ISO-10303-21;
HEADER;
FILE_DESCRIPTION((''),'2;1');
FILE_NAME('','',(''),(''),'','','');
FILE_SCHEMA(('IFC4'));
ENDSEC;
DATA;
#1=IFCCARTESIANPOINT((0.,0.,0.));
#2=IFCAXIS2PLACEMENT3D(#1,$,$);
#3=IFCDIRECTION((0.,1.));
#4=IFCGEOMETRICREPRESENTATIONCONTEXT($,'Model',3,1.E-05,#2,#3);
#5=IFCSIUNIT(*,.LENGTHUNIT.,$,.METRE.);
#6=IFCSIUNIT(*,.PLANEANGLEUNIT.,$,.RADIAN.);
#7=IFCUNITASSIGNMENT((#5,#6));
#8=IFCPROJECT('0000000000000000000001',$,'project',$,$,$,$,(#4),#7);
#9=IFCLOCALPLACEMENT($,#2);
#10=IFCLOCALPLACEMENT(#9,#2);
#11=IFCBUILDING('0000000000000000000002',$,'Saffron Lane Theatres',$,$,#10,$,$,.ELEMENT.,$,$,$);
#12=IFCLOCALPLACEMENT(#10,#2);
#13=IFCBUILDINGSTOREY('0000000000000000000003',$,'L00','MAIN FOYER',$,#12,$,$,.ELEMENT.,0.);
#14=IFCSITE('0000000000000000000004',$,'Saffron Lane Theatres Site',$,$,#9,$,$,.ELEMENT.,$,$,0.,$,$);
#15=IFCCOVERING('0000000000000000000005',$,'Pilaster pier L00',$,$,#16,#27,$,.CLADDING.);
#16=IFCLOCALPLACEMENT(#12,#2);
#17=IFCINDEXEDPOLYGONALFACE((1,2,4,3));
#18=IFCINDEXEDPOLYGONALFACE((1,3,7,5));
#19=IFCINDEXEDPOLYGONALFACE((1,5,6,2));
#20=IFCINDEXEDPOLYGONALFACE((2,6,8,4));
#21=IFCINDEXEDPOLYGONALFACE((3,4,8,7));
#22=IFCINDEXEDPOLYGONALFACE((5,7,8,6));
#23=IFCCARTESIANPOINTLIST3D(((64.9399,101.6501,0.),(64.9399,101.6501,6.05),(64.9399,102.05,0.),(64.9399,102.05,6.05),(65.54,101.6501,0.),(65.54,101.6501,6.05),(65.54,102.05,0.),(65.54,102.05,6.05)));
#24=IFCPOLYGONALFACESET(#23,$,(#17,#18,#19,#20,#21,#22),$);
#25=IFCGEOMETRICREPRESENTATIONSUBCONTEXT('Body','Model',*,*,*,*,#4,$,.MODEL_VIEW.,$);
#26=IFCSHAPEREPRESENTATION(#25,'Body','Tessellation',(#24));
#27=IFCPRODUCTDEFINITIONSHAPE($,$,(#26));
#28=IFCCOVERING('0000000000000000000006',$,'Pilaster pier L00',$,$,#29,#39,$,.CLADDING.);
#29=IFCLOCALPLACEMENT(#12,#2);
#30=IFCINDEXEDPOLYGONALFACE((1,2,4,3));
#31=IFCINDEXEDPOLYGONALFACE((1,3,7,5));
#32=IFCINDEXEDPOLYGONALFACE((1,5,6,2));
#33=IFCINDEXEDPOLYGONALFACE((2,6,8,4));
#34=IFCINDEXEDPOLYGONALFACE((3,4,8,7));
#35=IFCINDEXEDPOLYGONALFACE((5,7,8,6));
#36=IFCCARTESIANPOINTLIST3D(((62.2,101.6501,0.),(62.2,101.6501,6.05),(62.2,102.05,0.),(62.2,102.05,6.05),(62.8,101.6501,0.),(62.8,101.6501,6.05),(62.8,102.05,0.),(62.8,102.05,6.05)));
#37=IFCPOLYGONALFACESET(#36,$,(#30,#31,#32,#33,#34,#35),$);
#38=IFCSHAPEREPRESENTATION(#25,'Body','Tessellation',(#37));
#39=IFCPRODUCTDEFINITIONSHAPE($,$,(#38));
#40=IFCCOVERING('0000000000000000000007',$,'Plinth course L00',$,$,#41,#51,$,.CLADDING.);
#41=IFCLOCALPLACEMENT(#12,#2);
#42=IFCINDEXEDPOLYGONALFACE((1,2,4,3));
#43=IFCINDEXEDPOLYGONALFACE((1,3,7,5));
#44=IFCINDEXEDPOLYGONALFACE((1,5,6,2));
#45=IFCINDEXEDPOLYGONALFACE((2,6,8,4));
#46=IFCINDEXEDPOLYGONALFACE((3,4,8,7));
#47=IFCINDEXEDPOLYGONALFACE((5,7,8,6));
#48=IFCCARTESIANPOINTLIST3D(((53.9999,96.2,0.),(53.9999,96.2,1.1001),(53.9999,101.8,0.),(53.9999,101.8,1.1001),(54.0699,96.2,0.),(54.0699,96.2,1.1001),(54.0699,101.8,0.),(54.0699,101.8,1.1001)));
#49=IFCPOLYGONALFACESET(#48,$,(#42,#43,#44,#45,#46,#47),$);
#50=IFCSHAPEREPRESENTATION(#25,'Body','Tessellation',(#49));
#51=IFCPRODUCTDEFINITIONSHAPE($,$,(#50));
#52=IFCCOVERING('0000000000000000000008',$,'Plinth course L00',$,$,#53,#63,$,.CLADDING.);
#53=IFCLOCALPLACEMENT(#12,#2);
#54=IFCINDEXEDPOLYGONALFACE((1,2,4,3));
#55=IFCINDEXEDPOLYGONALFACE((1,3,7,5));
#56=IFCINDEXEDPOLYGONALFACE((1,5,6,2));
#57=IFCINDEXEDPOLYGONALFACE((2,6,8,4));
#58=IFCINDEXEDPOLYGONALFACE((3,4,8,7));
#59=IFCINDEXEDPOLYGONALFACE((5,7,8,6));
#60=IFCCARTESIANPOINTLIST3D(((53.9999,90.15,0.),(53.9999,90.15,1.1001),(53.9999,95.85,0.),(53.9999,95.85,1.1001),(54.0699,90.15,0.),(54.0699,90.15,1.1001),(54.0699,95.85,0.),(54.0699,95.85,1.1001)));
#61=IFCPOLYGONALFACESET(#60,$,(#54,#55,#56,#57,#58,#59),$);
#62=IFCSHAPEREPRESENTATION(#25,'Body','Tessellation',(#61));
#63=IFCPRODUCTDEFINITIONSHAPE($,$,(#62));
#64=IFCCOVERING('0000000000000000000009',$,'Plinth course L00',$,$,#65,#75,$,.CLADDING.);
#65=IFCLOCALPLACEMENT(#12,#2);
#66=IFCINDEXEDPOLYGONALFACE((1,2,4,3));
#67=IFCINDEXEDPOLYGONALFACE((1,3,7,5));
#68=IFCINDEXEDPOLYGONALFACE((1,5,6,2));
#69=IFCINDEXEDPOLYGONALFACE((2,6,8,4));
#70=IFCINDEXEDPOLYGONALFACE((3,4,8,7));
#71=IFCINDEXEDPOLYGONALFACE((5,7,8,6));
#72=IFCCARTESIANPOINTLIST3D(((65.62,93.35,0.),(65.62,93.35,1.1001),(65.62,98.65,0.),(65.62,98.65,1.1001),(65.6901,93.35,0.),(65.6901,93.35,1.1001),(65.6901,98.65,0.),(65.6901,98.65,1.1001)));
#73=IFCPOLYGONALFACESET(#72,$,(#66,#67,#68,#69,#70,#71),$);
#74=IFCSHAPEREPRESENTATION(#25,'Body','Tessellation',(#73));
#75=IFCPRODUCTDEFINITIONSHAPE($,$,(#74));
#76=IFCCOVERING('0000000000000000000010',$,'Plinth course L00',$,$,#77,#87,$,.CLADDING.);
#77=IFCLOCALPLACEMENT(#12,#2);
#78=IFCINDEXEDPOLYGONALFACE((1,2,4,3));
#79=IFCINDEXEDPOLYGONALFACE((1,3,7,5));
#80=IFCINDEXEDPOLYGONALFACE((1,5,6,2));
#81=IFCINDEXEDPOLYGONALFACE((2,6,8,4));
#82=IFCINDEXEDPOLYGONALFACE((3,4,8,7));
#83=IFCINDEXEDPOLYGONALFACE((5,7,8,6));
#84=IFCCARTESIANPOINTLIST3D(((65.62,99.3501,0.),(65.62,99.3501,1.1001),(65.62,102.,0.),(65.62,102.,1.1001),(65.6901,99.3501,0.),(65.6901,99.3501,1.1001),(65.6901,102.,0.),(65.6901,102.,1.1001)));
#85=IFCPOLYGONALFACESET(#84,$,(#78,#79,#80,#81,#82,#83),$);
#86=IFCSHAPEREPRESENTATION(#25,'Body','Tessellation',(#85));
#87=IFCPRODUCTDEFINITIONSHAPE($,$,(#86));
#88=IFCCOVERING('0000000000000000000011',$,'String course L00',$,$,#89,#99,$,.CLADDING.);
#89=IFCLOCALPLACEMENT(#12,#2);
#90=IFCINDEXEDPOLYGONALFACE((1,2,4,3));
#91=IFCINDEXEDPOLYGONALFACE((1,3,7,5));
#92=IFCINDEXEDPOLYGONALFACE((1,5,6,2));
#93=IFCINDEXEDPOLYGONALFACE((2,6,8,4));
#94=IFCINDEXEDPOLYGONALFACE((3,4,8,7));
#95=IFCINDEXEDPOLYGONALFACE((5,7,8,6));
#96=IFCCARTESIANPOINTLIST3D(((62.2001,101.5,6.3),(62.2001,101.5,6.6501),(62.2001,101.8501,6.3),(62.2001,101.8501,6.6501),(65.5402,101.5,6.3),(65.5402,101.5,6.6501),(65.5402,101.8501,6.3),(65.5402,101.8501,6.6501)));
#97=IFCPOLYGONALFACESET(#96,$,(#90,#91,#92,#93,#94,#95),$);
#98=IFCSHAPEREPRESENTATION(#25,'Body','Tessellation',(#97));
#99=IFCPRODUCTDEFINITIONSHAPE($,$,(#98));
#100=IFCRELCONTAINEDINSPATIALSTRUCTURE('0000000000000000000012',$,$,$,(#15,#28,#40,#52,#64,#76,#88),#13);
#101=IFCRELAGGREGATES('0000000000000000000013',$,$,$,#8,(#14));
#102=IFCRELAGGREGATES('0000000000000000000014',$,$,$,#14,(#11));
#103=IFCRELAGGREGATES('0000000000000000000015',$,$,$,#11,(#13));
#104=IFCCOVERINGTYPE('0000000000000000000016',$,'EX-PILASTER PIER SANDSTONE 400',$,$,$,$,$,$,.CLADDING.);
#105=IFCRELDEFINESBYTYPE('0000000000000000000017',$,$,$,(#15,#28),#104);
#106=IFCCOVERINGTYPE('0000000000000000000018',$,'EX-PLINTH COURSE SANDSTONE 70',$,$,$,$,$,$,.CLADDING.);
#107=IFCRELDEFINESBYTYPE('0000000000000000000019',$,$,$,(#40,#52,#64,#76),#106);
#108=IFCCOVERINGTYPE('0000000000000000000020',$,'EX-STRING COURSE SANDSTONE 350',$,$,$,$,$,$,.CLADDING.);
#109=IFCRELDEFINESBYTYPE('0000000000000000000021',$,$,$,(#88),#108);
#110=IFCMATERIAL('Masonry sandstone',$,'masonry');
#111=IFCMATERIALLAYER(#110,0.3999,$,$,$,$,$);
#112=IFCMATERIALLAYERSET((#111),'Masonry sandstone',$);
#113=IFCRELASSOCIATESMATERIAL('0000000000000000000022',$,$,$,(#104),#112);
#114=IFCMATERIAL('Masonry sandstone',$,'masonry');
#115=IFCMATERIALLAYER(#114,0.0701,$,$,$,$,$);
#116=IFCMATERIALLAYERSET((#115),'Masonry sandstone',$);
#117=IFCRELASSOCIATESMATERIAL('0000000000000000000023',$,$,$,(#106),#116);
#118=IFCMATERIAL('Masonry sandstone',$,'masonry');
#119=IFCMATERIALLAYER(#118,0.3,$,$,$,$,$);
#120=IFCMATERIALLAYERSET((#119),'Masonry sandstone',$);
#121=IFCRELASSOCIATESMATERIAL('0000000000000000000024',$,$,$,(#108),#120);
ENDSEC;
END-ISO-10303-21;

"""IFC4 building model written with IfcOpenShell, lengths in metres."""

from ifc_helpers import new_model, si_unit, direction, frame, origin, origin_2d, place, context, subcontext, project, spatial, rectangle, extrude, material, layer, layer_set, type_object, element, save


model = new_model("IFC4")

# Units and contexts
model_context = context("Model", 3, precision=1e-05, world=origin(), true_north=direction((0.0, 1.0)))
body_context = subcontext(model_context, "Body", "Model", "MODEL_VIEW")
ifc_project = project(units=[si_unit("LENGTHUNIT", "METRE"), si_unit("PLANEANGLEUNIT", "RADIAN")], contexts=[model_context])

# Site, building, storey
site_placement = place(None, origin())
site = spatial("IfcSite", under=ifc_project, at=site_placement, Name="Saffron Lane Theatres Site", CompositionType="ELEMENT", RefElevation=0.0)
building_placement = place(site_placement, origin())
building = spatial("IfcBuilding", under=site, at=building_placement, Name="Saffron Lane Theatres", CompositionType="ELEMENT")
storey_placement = place(building_placement, origin())
storey = spatial("IfcBuildingStorey", under=building, at=storey_placement, Name="L00", Description="MAIN FOYER", CompositionType="ELEMENT", Elevation=0.0)

# Coverings
ifc_material_1 = material(Name="Masonry sandstone", Category="masonry")
ifc_layer_1 = layer(ifc_material_1, 0.3999)
ifc_layer_set_1 = layer_set([ifc_layer_1], Name="Masonry sandstone")
covering_type_1 = type_object("IfcCoveringType", Name="EX-PILASTER PIER SANDSTONE 400", PredefinedType="CLADDING", material=ifc_layer_set_1)
for number, where, z_axis, x_axis, name in (
    (1, (65.24, 101.8501, 0.0), (0.0, 0.0, 1.0), (-1.0, 0.0, 0.0), "Pilaster pier L00"),
    (2, (62.5, 101.8501, 0.0), (0.0, 0.0, 1.0), (-1.0, 0.0, 0.0), "Pilaster pier L00"),
):
    element("IfcCovering", number, at=place(storey_placement, frame(where, z_axis=z_axis, x_axis=x_axis)), inside=storey, type_object=covering_type_1, Name=name, PredefinedType="CLADDING", context=body_context, shape_type="SweptSolid", body=[
        extrude(rectangle(XDim=0.6001, YDim=0.3999, at=origin_2d()), origin(), (0.0, 0.0, 1.0), 6.05),
    ])
ifc_material_2 = material(Name="Masonry sandstone", Category="masonry")
ifc_layer_2 = layer(ifc_material_2, 0.0701)
ifc_layer_set_2 = layer_set([ifc_layer_2], Name="Masonry sandstone")
covering_type_2 = type_object("IfcCoveringType", Name="EX-PLINTH COURSE SANDSTONE 70", PredefinedType="CLADDING", material=ifc_layer_set_2)
covering_1_placement = place(storey_placement, frame((54.0349, 99.0, 0.0), z_axis=(0.0, 0.0, 1.0), x_axis=(0.0, 1.0, 0.0)))
element("IfcCovering", 3, at=covering_1_placement, inside=storey, type_object=covering_type_2, Name="Plinth course L00", PredefinedType="CLADDING", context=body_context, shape_type="SweptSolid", body=[
    extrude(rectangle(XDim=5.6001, YDim=0.0701, at=origin_2d()), origin(), (0.0, 0.0, 1.0), 1.1001),
])
covering_2_placement = place(storey_placement, frame((54.0349, 93.0, 0.0), z_axis=(0.0, 0.0, 1.0), x_axis=(0.0, 1.0, 0.0)))
element("IfcCovering", 4, at=covering_2_placement, inside=storey, type_object=covering_type_2, Name="Plinth course L00", PredefinedType="CLADDING", context=body_context, shape_type="SweptSolid", body=[
    extrude(rectangle(XDim=5.7, YDim=0.0701, at=origin_2d()), origin(), (0.0, 0.0, 1.0), 1.1001),
])
covering_3_placement = place(storey_placement, frame((65.655, 96.0, 0.0), z_axis=(0.0, 0.0, 1.0), x_axis=(0.0, 1.0, 0.0)))
element("IfcCovering", 5, at=covering_3_placement, inside=storey, type_object=covering_type_2, Name="Plinth course L00", PredefinedType="CLADDING", context=body_context, shape_type="SweptSolid", body=[
    extrude(rectangle(XDim=5.3, YDim=0.0701, at=origin_2d()), origin(), (0.0, 0.0, 1.0), 1.1001),
])
covering_4_placement = place(storey_placement, frame((65.655, 100.675, 0.0), z_axis=(0.0, 0.0, 1.0), x_axis=(0.0, 1.0, 0.0)))
element("IfcCovering", 6, at=covering_4_placement, inside=storey, type_object=covering_type_2, Name="Plinth course L00", PredefinedType="CLADDING", context=body_context, shape_type="SweptSolid", body=[
    extrude(rectangle(XDim=2.6499, YDim=0.0701, at=origin_2d()), origin(), (0.0, 0.0, 1.0), 1.1001),
])
ifc_material_3 = material(Name="Masonry sandstone", Category="masonry")
ifc_layer_3 = layer(ifc_material_3, 0.3)
ifc_layer_set_3 = layer_set([ifc_layer_3], Name="Masonry sandstone")
covering_type_3 = type_object("IfcCoveringType", Name="EX-STRING COURSE SANDSTONE 350", PredefinedType="CLADDING", material=ifc_layer_set_3)
covering_5_placement = place(storey_placement, frame((63.8701, 101.675, 6.3), z_axis=(0.0, 0.0, 1.0), x_axis=(-1.0, 0.0, 0.0)))
element("IfcCovering", 7, at=covering_5_placement, inside=storey, type_object=covering_type_3, Name="String course L00", PredefinedType="CLADDING", context=body_context, shape_type="SweptSolid", body=[
    extrude(rectangle(XDim=3.3401, YDim=0.3501, at=origin_2d()), origin(), (0.0, 0.0, 1.0), 0.3501),
])

save(model, "model.ifc")
